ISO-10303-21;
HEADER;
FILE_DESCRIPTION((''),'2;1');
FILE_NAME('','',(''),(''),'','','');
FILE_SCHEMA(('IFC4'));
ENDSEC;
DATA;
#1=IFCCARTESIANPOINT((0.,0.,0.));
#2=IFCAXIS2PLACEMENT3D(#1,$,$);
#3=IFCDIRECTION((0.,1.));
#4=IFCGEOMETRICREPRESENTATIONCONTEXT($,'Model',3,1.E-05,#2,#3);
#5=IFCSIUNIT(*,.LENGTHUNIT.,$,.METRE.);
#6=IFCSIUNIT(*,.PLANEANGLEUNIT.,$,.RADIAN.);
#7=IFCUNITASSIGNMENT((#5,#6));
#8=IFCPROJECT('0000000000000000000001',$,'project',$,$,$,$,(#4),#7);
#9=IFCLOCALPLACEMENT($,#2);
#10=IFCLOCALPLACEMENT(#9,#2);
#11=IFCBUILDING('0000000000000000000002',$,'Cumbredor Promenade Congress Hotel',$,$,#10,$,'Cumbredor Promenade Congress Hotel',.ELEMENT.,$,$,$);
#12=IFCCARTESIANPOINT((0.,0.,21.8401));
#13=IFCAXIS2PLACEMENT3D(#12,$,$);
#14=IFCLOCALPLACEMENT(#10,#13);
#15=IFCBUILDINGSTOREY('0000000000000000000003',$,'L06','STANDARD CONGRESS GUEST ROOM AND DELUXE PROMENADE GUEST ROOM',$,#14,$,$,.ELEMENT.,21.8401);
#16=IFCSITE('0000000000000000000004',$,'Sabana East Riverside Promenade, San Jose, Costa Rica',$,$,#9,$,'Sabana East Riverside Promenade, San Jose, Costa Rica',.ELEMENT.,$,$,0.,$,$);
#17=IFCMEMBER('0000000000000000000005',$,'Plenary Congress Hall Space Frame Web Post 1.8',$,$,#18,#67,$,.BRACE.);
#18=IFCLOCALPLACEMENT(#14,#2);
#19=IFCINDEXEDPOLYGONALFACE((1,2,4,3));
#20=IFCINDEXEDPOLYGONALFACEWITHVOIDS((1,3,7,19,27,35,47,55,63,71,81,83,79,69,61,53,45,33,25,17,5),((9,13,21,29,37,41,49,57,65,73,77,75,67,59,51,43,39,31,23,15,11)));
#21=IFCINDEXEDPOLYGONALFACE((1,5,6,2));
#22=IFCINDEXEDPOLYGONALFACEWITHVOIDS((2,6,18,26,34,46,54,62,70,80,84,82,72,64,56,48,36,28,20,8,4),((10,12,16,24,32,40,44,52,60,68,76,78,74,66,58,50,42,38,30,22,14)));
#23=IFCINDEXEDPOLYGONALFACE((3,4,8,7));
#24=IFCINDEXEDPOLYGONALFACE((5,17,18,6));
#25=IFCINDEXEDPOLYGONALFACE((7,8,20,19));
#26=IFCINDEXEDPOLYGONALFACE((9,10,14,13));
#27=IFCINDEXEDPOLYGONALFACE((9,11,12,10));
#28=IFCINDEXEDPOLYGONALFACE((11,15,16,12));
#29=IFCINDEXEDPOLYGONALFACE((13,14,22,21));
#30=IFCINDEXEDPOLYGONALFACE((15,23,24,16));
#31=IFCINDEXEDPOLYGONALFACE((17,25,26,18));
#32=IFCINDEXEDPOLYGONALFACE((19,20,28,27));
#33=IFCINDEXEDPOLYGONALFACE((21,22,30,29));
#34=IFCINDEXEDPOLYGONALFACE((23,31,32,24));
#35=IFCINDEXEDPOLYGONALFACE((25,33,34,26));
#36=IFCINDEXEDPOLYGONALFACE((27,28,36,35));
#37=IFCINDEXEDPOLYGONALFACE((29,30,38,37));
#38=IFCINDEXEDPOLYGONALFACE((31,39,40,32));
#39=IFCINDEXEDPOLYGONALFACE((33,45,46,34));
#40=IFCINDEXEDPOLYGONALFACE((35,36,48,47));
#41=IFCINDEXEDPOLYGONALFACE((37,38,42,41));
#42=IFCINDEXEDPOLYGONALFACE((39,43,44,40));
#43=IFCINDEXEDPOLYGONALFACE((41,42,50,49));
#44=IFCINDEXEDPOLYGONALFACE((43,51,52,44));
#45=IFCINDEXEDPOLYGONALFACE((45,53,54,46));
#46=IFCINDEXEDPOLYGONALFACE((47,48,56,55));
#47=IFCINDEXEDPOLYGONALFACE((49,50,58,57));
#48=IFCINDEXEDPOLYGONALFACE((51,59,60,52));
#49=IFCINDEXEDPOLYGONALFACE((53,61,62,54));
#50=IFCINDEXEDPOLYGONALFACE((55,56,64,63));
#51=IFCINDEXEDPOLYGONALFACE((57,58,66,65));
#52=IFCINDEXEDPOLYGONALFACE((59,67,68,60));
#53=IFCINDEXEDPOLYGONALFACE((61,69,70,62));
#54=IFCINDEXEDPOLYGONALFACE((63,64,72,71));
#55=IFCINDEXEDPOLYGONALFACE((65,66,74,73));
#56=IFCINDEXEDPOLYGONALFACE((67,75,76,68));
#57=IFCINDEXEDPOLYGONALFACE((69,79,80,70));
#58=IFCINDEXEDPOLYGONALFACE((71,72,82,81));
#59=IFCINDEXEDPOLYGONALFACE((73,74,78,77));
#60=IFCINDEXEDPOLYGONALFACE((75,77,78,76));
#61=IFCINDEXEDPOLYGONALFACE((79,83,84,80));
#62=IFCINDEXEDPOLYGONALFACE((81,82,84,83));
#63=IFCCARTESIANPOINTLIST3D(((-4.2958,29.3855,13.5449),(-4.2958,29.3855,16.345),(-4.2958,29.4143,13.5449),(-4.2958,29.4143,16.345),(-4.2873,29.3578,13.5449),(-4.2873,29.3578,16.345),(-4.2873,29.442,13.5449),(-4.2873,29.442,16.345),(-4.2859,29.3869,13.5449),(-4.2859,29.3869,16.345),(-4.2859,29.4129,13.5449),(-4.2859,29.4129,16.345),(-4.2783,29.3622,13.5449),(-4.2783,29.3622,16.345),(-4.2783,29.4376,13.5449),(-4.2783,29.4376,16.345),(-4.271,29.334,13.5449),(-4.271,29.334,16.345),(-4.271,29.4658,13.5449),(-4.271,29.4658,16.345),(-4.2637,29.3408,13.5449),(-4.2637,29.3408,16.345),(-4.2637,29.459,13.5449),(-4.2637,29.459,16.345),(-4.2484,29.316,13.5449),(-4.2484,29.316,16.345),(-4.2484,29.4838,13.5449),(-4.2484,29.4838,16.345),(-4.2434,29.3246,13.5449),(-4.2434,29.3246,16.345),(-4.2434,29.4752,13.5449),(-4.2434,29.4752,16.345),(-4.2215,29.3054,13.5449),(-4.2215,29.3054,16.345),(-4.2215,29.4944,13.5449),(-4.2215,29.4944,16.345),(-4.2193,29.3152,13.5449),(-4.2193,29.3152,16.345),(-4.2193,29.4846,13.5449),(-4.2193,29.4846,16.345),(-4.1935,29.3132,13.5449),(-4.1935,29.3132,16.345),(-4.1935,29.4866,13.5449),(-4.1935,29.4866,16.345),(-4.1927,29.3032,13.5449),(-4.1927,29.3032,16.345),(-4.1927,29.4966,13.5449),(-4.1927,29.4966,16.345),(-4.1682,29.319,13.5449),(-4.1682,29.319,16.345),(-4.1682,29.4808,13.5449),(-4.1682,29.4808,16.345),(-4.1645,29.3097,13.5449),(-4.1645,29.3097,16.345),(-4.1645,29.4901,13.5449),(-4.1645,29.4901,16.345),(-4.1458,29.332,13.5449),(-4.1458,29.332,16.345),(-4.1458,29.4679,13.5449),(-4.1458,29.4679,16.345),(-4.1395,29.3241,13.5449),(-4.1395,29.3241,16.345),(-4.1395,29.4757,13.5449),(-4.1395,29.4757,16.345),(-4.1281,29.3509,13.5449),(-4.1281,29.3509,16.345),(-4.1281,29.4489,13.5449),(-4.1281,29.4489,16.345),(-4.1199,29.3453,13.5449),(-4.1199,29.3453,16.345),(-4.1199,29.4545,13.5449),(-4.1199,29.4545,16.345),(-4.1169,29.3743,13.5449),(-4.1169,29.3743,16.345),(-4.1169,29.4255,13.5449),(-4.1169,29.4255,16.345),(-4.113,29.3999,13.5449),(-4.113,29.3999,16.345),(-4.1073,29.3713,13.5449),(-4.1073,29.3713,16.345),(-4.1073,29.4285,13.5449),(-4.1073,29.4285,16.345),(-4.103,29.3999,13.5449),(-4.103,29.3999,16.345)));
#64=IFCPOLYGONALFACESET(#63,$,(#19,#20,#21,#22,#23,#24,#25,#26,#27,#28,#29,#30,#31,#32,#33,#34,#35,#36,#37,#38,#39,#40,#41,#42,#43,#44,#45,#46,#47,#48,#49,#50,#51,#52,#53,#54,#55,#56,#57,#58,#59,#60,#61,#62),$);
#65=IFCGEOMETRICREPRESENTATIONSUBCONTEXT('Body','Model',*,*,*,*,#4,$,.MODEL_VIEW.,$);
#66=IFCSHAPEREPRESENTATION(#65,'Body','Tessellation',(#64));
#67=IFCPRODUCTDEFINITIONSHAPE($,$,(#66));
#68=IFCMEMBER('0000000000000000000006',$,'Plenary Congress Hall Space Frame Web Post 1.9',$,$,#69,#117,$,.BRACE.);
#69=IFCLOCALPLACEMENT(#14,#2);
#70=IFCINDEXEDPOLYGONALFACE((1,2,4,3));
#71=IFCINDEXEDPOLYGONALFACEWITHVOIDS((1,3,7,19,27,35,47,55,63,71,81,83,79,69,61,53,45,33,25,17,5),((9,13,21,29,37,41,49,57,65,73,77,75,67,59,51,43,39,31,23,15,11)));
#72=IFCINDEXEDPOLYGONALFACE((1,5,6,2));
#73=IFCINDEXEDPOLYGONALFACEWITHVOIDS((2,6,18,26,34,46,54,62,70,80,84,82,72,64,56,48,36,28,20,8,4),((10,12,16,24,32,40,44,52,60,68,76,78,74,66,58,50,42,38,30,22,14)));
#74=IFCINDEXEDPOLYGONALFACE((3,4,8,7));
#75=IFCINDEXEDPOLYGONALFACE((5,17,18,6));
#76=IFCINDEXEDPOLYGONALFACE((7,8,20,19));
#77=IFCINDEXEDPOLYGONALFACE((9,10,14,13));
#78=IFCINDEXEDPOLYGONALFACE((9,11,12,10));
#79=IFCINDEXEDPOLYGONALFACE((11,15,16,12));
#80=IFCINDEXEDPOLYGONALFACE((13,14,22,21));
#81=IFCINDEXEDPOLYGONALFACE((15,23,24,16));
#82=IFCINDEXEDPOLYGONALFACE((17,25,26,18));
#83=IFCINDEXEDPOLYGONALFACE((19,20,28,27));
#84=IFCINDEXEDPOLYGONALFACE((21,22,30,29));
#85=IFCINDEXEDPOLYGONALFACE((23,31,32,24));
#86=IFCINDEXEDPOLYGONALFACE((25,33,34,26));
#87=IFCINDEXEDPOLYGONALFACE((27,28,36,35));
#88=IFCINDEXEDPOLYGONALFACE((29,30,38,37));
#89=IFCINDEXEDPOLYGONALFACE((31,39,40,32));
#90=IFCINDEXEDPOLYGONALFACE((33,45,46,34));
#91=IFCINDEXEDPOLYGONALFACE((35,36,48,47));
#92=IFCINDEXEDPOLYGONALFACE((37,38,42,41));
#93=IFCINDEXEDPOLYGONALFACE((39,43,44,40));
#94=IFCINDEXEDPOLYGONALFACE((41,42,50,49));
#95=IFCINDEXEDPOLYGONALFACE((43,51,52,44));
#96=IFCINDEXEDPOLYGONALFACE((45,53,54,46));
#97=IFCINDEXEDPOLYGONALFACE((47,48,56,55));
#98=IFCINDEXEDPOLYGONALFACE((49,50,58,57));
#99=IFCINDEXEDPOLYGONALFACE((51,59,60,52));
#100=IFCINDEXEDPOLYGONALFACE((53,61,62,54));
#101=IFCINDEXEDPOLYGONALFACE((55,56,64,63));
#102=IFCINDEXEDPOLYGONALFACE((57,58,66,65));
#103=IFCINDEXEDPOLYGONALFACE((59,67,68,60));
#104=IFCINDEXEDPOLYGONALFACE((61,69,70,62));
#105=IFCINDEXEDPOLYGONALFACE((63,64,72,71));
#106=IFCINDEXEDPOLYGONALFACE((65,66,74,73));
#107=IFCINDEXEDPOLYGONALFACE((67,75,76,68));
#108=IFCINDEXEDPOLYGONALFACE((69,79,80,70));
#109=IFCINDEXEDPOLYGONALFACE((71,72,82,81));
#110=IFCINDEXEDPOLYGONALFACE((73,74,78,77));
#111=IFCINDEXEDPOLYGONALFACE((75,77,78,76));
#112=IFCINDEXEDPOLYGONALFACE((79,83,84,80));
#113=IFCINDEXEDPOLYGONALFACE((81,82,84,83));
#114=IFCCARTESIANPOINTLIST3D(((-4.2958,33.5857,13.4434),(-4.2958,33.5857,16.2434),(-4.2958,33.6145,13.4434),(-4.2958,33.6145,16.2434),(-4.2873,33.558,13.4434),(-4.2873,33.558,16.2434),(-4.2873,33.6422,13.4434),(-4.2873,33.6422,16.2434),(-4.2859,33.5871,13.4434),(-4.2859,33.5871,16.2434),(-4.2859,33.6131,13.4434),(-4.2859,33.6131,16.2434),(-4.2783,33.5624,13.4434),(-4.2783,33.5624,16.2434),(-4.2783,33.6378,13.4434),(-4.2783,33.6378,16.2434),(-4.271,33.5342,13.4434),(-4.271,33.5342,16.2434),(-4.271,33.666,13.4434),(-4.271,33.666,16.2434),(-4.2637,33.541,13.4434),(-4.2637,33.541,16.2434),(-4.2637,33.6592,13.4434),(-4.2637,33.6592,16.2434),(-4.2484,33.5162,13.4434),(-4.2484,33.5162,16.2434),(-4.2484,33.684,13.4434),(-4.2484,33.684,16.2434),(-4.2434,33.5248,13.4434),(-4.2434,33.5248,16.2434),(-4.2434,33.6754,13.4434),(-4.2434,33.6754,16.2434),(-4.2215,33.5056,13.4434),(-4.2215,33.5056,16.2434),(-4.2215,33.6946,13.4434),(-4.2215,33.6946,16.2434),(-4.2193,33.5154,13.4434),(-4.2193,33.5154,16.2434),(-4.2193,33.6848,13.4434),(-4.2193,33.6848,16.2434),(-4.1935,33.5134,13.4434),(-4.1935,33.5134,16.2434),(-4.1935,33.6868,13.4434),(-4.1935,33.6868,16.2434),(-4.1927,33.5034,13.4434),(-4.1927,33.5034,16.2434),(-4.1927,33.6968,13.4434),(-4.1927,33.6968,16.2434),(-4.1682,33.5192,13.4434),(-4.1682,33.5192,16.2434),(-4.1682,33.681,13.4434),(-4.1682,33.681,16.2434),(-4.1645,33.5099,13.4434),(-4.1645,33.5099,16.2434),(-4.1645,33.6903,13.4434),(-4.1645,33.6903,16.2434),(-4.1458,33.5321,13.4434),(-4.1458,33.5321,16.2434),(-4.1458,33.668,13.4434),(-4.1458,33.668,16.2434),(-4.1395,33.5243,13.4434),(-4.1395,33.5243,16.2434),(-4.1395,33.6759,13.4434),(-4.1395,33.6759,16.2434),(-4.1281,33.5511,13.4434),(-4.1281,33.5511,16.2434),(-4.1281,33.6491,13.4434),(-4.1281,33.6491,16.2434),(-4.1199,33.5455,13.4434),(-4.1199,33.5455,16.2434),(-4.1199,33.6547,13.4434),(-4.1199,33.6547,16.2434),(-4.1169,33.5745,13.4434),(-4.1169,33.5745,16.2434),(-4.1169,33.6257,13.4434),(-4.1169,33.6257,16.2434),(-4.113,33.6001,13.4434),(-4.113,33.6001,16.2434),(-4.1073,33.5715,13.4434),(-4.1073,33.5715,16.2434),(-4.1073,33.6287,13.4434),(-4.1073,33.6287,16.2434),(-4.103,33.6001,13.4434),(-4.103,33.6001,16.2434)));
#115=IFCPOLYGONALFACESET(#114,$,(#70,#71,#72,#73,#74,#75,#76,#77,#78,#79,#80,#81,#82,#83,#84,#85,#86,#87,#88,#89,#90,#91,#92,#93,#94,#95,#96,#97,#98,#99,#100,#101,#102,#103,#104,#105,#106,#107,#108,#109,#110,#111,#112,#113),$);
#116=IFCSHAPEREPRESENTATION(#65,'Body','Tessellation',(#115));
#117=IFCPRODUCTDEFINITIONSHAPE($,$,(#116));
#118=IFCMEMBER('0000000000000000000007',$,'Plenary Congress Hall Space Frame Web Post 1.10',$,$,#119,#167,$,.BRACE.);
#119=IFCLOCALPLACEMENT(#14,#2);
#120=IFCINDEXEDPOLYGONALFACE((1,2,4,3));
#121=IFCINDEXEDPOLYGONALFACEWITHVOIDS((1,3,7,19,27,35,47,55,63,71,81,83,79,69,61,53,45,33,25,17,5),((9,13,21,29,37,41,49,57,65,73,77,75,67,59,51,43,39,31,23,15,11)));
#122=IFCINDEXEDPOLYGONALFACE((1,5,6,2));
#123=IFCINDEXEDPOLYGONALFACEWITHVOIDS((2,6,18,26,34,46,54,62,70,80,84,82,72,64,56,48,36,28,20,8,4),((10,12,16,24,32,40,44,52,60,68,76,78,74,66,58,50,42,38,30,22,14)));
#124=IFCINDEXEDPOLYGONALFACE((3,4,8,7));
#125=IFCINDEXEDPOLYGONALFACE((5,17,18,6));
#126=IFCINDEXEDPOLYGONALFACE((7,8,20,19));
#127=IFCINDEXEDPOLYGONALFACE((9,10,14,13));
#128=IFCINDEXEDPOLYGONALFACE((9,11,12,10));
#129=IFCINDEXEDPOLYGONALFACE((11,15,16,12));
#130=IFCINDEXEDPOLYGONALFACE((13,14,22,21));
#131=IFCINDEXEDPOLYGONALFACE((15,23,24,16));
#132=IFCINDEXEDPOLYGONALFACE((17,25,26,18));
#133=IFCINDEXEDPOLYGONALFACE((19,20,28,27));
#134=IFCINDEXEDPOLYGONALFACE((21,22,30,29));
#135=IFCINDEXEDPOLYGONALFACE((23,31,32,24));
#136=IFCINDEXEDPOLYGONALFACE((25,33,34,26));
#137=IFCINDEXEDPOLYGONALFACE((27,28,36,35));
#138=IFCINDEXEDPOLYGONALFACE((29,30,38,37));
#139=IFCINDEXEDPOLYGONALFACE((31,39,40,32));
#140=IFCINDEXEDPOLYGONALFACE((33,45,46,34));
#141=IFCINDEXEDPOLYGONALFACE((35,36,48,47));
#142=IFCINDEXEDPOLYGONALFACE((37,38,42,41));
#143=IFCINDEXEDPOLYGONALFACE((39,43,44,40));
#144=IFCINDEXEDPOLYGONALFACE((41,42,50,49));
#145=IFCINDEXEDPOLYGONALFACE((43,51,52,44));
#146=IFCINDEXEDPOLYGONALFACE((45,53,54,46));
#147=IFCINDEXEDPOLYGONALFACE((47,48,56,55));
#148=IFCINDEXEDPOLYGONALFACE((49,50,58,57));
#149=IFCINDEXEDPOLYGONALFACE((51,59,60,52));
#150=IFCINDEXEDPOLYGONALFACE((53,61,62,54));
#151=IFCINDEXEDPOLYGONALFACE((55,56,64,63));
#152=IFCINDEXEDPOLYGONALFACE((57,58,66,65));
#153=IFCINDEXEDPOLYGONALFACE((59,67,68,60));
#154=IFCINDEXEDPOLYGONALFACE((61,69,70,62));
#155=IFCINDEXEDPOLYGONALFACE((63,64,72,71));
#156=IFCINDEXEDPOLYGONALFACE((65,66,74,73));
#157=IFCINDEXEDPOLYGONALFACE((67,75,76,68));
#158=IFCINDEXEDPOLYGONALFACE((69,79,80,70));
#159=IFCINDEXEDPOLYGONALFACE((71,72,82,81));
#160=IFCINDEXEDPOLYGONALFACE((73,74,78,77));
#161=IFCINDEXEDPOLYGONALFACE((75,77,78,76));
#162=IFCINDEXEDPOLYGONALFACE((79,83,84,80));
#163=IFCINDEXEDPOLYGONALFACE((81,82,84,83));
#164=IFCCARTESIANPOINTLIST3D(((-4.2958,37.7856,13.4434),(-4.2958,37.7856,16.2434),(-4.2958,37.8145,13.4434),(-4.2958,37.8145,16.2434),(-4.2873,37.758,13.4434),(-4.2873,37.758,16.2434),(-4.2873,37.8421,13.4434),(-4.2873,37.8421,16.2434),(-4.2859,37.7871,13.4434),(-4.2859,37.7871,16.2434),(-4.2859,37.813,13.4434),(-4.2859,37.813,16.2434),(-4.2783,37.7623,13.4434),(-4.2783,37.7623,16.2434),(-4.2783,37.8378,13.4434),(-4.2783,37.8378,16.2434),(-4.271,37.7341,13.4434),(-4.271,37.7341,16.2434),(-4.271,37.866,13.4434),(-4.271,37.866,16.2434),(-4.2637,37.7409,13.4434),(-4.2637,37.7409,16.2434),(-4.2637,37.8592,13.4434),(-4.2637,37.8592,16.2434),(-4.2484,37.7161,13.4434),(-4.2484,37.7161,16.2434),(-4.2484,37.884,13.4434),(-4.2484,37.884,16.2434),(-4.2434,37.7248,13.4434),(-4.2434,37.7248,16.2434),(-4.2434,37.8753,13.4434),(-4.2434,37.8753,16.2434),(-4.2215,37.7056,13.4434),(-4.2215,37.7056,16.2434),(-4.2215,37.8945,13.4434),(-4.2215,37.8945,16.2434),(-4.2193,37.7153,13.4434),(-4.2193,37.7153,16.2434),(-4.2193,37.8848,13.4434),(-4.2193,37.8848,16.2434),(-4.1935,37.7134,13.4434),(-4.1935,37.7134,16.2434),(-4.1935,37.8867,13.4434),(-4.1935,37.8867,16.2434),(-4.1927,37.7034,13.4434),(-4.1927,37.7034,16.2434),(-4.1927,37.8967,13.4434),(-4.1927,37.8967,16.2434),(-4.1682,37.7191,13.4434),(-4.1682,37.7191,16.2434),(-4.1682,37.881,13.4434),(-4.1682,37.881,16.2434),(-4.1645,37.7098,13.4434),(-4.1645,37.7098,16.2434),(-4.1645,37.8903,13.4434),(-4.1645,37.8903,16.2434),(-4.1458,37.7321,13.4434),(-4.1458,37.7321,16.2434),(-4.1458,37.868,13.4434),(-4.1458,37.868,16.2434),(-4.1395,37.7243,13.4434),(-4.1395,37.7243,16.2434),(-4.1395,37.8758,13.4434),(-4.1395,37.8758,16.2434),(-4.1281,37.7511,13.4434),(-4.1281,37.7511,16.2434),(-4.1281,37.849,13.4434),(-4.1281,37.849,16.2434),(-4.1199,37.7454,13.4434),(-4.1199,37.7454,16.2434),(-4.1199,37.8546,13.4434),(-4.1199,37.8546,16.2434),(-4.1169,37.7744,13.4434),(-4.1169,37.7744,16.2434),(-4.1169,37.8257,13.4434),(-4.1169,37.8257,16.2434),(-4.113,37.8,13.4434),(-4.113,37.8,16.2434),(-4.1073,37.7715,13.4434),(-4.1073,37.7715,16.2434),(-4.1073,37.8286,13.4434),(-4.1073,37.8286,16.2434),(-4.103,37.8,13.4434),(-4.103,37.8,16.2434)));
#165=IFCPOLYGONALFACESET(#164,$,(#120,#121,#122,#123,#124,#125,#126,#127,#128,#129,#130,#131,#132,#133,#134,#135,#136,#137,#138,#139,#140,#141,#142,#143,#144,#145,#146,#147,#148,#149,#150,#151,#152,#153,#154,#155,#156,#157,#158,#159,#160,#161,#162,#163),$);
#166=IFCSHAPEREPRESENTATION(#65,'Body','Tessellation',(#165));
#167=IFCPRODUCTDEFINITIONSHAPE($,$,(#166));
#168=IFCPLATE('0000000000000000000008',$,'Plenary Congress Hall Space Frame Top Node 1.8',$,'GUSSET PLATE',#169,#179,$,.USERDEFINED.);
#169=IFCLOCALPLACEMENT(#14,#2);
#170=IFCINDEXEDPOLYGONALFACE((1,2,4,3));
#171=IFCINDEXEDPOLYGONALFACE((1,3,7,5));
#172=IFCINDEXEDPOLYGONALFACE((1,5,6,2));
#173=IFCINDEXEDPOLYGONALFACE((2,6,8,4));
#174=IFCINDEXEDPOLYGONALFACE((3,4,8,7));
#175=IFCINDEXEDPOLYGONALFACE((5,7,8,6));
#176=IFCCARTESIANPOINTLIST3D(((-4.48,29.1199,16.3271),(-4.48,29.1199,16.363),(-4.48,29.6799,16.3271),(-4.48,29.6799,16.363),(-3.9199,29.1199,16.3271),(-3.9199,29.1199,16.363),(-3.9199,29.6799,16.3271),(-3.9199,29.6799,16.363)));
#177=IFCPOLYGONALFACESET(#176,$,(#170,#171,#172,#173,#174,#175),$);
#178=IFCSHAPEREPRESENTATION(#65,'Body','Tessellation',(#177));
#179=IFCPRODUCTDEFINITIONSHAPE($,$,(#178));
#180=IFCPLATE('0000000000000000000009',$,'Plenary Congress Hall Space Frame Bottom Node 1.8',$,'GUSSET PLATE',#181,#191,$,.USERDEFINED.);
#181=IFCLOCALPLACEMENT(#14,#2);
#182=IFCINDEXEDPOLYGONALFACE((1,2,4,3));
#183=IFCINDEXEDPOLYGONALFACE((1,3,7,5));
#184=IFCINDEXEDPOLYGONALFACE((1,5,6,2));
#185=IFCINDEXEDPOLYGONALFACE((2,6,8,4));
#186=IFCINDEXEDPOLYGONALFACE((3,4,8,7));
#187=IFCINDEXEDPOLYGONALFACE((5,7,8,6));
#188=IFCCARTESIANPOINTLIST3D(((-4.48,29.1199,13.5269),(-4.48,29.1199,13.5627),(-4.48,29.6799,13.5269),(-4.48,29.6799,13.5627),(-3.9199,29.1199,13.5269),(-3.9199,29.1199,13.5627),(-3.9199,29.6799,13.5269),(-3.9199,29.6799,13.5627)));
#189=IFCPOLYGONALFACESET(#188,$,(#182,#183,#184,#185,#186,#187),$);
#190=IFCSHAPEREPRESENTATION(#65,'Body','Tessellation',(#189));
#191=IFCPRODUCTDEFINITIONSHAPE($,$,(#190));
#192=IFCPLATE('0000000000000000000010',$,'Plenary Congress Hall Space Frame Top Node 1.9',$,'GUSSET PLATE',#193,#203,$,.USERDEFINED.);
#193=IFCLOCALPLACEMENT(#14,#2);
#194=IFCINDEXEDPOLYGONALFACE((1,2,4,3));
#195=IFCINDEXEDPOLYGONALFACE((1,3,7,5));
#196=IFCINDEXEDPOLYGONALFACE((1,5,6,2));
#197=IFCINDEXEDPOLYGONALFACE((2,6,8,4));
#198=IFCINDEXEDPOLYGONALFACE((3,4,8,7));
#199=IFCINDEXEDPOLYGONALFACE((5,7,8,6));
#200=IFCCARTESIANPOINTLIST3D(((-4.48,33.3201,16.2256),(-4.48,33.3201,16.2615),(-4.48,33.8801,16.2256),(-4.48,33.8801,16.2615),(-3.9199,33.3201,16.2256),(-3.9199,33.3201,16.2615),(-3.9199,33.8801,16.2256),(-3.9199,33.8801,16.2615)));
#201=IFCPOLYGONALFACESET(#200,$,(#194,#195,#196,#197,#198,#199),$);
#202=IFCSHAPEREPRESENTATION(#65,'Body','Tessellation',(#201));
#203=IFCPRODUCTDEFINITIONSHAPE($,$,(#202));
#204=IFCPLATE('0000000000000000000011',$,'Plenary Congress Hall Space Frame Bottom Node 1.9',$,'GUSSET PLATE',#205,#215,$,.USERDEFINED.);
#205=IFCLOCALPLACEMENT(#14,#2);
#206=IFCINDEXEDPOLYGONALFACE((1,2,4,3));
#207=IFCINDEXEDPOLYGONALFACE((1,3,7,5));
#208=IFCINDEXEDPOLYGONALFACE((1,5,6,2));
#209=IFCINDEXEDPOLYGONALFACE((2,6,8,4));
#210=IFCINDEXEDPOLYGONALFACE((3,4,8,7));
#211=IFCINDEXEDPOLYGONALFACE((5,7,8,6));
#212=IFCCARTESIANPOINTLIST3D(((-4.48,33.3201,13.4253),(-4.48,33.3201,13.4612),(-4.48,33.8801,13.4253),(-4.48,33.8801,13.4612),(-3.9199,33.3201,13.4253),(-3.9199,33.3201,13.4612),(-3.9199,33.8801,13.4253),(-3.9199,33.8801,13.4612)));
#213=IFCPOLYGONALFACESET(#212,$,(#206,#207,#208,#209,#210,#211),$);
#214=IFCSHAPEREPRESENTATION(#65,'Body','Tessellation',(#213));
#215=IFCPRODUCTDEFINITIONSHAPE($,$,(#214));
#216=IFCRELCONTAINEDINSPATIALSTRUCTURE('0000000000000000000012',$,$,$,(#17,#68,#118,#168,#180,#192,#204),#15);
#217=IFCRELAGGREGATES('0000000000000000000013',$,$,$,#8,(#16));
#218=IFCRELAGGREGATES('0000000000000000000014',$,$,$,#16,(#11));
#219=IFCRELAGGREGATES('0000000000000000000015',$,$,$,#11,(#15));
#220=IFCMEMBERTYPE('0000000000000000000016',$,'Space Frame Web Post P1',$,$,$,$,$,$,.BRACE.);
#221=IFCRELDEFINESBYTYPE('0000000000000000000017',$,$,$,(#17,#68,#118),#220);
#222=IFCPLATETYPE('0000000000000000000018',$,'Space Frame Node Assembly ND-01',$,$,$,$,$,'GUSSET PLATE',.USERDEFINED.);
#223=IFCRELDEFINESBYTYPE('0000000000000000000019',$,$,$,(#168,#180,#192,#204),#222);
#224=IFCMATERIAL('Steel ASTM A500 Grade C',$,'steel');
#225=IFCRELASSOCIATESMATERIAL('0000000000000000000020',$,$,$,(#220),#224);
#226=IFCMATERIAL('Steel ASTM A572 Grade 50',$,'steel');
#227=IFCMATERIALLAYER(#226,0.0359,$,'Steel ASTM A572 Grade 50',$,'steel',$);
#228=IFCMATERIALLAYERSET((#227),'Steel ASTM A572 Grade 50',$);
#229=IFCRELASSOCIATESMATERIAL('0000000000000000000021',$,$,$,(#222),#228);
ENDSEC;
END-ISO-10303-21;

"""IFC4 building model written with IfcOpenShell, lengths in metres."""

from ifc_helpers import new_model, si_unit, direction, frame, origin, origin_2d, place, context, subcontext, project, spatial, rectangle, hollow_circle, extrude, material, layer, layer_set, material_profile, profile_set, type_object, element, save


model = new_model("IFC4")

# Units and contexts
model_context = context("Model", 3, precision=1e-05, world=origin(), true_north=direction((0.0, 1.0)))
body_context = subcontext(model_context, "Body", "Model", "MODEL_VIEW")
ifc_project = project(units=[si_unit("LENGTHUNIT", "METRE"), si_unit("PLANEANGLEUNIT", "RADIAN")], contexts=[model_context])

# Site, building, storey
site_placement = place(None, origin())
site = spatial("IfcSite", under=ifc_project, at=site_placement, Name="Sabana East Riverside Promenade, San Jose, Costa Rica", LongName="Sabana East Riverside Promenade, San Jose, Costa Rica", CompositionType="ELEMENT", RefElevation=0.0)
building_placement = place(site_placement, origin())
building = spatial("IfcBuilding", under=site, at=building_placement, Name="Cumbredor Promenade Congress Hotel", LongName="Cumbredor Promenade Congress Hotel", CompositionType="ELEMENT")
storey_placement = place(building_placement, frame((0.0, 0.0, 21.8401)))
storey = spatial("IfcBuildingStorey", under=building, at=storey_placement, Name="L06", Description="STANDARD CONGRESS GUEST ROOM AND DELUXE PROMENADE GUEST ROOM", CompositionType="ELEMENT", Elevation=21.8401)

# Members
ifc_material_1 = material(Name="Steel ASTM A500 Grade C", Category="steel")
ifc_material_profile_1 = material_profile(ifc_material_1, hollow_circle(Radius=0.0969, WallThickness=0.01, at=origin_2d()), Name="CHS 193.7x10")
ifc_profile_set_1 = profile_set([ifc_material_profile_1], Name="Steel ASTM A500 Grade C")
member_type_1 = type_object("IfcMemberType", Name="Space Frame Web Post P1", PredefinedType="BRACE", material=ifc_profile_set_1)
for number, where, z_axis, x_axis, name in (
    (1, (-4.2, 29.3999, 13.5449), (0.0, 0.0, 1.0), (1.0, 0.0, 0.0), "Plenary Congress Hall Space Frame Web Post 1.8"),
    (2, (-4.2, 33.6001, 13.4434), (0.0, 0.0, 1.0), (1.0, 0.0, 0.0), "Plenary Congress Hall Space Frame Web Post 1.9"),
    (3, (-4.2, 37.8, 13.4434), (0.0, 0.0, 1.0), (1.0, 0.0, 0.0), "Plenary Congress Hall Space Frame Web Post 1.10"),
):
    element("IfcMember", number, at=place(storey_placement, frame(where, z_axis=z_axis, x_axis=x_axis)), inside=storey, type_object=member_type_1, Name=name, PredefinedType="BRACE", context=body_context, shape_type="SweptSolid", body=[
        extrude(hollow_circle(Radius=0.0969, WallThickness=0.01, at=origin_2d()), origin(), (0.0, 0.0, 1.0), 2.8),
    ])

# Plates
ifc_material_2 = material(Name="Steel ASTM A572 Grade 50", Category="steel")
ifc_layer = layer(ifc_material_2, 0.0359, Name="Steel ASTM A572 Grade 50", Category="steel")
ifc_layer_set = layer_set([ifc_layer], Name="Steel ASTM A572 Grade 50")
plate_type = type_object("IfcPlateType", Name="Space Frame Node Assembly ND-01", ElementType="GUSSET PLATE", PredefinedType="USERDEFINED", material=ifc_layer_set)
for number, where, z_axis, x_axis, name in (
    (4, (-4.2, 29.3999, 16.3271), (0.0, 0.0, 1.0), (1.0, 0.0, 0.0), "Plenary Congress Hall Space Frame Top Node 1.8"),
    (5, (-4.2, 29.3999, 13.5269), (0.0, 0.0, 1.0), (1.0, 0.0, 0.0), "Plenary Congress Hall Space Frame Bottom Node 1.8"),
    (6, (-4.2, 33.6001, 16.2256), (0.0, 0.0, 1.0), (1.0, 0.0, 0.0), "Plenary Congress Hall Space Frame Top Node 1.9"),
    (7, (-4.2, 33.6001, 13.4253), (0.0, 0.0, 1.0), (1.0, 0.0, 0.0), "Plenary Congress Hall Space Frame Bottom Node 1.9"),
):
    element("IfcPlate", number, at=place(storey_placement, frame(where, z_axis=z_axis, x_axis=x_axis)), inside=storey, type_object=plate_type, Name=name, ObjectType="GUSSET PLATE", PredefinedType="USERDEFINED", context=body_context, shape_type="SweptSolid", body=[
        extrude(rectangle(XDim=0.5601, YDim=0.5601, at=origin_2d()), origin(), (0.0, 0.0, 1.0), 0.0359),
    ])

save(model, "model.ifc")
